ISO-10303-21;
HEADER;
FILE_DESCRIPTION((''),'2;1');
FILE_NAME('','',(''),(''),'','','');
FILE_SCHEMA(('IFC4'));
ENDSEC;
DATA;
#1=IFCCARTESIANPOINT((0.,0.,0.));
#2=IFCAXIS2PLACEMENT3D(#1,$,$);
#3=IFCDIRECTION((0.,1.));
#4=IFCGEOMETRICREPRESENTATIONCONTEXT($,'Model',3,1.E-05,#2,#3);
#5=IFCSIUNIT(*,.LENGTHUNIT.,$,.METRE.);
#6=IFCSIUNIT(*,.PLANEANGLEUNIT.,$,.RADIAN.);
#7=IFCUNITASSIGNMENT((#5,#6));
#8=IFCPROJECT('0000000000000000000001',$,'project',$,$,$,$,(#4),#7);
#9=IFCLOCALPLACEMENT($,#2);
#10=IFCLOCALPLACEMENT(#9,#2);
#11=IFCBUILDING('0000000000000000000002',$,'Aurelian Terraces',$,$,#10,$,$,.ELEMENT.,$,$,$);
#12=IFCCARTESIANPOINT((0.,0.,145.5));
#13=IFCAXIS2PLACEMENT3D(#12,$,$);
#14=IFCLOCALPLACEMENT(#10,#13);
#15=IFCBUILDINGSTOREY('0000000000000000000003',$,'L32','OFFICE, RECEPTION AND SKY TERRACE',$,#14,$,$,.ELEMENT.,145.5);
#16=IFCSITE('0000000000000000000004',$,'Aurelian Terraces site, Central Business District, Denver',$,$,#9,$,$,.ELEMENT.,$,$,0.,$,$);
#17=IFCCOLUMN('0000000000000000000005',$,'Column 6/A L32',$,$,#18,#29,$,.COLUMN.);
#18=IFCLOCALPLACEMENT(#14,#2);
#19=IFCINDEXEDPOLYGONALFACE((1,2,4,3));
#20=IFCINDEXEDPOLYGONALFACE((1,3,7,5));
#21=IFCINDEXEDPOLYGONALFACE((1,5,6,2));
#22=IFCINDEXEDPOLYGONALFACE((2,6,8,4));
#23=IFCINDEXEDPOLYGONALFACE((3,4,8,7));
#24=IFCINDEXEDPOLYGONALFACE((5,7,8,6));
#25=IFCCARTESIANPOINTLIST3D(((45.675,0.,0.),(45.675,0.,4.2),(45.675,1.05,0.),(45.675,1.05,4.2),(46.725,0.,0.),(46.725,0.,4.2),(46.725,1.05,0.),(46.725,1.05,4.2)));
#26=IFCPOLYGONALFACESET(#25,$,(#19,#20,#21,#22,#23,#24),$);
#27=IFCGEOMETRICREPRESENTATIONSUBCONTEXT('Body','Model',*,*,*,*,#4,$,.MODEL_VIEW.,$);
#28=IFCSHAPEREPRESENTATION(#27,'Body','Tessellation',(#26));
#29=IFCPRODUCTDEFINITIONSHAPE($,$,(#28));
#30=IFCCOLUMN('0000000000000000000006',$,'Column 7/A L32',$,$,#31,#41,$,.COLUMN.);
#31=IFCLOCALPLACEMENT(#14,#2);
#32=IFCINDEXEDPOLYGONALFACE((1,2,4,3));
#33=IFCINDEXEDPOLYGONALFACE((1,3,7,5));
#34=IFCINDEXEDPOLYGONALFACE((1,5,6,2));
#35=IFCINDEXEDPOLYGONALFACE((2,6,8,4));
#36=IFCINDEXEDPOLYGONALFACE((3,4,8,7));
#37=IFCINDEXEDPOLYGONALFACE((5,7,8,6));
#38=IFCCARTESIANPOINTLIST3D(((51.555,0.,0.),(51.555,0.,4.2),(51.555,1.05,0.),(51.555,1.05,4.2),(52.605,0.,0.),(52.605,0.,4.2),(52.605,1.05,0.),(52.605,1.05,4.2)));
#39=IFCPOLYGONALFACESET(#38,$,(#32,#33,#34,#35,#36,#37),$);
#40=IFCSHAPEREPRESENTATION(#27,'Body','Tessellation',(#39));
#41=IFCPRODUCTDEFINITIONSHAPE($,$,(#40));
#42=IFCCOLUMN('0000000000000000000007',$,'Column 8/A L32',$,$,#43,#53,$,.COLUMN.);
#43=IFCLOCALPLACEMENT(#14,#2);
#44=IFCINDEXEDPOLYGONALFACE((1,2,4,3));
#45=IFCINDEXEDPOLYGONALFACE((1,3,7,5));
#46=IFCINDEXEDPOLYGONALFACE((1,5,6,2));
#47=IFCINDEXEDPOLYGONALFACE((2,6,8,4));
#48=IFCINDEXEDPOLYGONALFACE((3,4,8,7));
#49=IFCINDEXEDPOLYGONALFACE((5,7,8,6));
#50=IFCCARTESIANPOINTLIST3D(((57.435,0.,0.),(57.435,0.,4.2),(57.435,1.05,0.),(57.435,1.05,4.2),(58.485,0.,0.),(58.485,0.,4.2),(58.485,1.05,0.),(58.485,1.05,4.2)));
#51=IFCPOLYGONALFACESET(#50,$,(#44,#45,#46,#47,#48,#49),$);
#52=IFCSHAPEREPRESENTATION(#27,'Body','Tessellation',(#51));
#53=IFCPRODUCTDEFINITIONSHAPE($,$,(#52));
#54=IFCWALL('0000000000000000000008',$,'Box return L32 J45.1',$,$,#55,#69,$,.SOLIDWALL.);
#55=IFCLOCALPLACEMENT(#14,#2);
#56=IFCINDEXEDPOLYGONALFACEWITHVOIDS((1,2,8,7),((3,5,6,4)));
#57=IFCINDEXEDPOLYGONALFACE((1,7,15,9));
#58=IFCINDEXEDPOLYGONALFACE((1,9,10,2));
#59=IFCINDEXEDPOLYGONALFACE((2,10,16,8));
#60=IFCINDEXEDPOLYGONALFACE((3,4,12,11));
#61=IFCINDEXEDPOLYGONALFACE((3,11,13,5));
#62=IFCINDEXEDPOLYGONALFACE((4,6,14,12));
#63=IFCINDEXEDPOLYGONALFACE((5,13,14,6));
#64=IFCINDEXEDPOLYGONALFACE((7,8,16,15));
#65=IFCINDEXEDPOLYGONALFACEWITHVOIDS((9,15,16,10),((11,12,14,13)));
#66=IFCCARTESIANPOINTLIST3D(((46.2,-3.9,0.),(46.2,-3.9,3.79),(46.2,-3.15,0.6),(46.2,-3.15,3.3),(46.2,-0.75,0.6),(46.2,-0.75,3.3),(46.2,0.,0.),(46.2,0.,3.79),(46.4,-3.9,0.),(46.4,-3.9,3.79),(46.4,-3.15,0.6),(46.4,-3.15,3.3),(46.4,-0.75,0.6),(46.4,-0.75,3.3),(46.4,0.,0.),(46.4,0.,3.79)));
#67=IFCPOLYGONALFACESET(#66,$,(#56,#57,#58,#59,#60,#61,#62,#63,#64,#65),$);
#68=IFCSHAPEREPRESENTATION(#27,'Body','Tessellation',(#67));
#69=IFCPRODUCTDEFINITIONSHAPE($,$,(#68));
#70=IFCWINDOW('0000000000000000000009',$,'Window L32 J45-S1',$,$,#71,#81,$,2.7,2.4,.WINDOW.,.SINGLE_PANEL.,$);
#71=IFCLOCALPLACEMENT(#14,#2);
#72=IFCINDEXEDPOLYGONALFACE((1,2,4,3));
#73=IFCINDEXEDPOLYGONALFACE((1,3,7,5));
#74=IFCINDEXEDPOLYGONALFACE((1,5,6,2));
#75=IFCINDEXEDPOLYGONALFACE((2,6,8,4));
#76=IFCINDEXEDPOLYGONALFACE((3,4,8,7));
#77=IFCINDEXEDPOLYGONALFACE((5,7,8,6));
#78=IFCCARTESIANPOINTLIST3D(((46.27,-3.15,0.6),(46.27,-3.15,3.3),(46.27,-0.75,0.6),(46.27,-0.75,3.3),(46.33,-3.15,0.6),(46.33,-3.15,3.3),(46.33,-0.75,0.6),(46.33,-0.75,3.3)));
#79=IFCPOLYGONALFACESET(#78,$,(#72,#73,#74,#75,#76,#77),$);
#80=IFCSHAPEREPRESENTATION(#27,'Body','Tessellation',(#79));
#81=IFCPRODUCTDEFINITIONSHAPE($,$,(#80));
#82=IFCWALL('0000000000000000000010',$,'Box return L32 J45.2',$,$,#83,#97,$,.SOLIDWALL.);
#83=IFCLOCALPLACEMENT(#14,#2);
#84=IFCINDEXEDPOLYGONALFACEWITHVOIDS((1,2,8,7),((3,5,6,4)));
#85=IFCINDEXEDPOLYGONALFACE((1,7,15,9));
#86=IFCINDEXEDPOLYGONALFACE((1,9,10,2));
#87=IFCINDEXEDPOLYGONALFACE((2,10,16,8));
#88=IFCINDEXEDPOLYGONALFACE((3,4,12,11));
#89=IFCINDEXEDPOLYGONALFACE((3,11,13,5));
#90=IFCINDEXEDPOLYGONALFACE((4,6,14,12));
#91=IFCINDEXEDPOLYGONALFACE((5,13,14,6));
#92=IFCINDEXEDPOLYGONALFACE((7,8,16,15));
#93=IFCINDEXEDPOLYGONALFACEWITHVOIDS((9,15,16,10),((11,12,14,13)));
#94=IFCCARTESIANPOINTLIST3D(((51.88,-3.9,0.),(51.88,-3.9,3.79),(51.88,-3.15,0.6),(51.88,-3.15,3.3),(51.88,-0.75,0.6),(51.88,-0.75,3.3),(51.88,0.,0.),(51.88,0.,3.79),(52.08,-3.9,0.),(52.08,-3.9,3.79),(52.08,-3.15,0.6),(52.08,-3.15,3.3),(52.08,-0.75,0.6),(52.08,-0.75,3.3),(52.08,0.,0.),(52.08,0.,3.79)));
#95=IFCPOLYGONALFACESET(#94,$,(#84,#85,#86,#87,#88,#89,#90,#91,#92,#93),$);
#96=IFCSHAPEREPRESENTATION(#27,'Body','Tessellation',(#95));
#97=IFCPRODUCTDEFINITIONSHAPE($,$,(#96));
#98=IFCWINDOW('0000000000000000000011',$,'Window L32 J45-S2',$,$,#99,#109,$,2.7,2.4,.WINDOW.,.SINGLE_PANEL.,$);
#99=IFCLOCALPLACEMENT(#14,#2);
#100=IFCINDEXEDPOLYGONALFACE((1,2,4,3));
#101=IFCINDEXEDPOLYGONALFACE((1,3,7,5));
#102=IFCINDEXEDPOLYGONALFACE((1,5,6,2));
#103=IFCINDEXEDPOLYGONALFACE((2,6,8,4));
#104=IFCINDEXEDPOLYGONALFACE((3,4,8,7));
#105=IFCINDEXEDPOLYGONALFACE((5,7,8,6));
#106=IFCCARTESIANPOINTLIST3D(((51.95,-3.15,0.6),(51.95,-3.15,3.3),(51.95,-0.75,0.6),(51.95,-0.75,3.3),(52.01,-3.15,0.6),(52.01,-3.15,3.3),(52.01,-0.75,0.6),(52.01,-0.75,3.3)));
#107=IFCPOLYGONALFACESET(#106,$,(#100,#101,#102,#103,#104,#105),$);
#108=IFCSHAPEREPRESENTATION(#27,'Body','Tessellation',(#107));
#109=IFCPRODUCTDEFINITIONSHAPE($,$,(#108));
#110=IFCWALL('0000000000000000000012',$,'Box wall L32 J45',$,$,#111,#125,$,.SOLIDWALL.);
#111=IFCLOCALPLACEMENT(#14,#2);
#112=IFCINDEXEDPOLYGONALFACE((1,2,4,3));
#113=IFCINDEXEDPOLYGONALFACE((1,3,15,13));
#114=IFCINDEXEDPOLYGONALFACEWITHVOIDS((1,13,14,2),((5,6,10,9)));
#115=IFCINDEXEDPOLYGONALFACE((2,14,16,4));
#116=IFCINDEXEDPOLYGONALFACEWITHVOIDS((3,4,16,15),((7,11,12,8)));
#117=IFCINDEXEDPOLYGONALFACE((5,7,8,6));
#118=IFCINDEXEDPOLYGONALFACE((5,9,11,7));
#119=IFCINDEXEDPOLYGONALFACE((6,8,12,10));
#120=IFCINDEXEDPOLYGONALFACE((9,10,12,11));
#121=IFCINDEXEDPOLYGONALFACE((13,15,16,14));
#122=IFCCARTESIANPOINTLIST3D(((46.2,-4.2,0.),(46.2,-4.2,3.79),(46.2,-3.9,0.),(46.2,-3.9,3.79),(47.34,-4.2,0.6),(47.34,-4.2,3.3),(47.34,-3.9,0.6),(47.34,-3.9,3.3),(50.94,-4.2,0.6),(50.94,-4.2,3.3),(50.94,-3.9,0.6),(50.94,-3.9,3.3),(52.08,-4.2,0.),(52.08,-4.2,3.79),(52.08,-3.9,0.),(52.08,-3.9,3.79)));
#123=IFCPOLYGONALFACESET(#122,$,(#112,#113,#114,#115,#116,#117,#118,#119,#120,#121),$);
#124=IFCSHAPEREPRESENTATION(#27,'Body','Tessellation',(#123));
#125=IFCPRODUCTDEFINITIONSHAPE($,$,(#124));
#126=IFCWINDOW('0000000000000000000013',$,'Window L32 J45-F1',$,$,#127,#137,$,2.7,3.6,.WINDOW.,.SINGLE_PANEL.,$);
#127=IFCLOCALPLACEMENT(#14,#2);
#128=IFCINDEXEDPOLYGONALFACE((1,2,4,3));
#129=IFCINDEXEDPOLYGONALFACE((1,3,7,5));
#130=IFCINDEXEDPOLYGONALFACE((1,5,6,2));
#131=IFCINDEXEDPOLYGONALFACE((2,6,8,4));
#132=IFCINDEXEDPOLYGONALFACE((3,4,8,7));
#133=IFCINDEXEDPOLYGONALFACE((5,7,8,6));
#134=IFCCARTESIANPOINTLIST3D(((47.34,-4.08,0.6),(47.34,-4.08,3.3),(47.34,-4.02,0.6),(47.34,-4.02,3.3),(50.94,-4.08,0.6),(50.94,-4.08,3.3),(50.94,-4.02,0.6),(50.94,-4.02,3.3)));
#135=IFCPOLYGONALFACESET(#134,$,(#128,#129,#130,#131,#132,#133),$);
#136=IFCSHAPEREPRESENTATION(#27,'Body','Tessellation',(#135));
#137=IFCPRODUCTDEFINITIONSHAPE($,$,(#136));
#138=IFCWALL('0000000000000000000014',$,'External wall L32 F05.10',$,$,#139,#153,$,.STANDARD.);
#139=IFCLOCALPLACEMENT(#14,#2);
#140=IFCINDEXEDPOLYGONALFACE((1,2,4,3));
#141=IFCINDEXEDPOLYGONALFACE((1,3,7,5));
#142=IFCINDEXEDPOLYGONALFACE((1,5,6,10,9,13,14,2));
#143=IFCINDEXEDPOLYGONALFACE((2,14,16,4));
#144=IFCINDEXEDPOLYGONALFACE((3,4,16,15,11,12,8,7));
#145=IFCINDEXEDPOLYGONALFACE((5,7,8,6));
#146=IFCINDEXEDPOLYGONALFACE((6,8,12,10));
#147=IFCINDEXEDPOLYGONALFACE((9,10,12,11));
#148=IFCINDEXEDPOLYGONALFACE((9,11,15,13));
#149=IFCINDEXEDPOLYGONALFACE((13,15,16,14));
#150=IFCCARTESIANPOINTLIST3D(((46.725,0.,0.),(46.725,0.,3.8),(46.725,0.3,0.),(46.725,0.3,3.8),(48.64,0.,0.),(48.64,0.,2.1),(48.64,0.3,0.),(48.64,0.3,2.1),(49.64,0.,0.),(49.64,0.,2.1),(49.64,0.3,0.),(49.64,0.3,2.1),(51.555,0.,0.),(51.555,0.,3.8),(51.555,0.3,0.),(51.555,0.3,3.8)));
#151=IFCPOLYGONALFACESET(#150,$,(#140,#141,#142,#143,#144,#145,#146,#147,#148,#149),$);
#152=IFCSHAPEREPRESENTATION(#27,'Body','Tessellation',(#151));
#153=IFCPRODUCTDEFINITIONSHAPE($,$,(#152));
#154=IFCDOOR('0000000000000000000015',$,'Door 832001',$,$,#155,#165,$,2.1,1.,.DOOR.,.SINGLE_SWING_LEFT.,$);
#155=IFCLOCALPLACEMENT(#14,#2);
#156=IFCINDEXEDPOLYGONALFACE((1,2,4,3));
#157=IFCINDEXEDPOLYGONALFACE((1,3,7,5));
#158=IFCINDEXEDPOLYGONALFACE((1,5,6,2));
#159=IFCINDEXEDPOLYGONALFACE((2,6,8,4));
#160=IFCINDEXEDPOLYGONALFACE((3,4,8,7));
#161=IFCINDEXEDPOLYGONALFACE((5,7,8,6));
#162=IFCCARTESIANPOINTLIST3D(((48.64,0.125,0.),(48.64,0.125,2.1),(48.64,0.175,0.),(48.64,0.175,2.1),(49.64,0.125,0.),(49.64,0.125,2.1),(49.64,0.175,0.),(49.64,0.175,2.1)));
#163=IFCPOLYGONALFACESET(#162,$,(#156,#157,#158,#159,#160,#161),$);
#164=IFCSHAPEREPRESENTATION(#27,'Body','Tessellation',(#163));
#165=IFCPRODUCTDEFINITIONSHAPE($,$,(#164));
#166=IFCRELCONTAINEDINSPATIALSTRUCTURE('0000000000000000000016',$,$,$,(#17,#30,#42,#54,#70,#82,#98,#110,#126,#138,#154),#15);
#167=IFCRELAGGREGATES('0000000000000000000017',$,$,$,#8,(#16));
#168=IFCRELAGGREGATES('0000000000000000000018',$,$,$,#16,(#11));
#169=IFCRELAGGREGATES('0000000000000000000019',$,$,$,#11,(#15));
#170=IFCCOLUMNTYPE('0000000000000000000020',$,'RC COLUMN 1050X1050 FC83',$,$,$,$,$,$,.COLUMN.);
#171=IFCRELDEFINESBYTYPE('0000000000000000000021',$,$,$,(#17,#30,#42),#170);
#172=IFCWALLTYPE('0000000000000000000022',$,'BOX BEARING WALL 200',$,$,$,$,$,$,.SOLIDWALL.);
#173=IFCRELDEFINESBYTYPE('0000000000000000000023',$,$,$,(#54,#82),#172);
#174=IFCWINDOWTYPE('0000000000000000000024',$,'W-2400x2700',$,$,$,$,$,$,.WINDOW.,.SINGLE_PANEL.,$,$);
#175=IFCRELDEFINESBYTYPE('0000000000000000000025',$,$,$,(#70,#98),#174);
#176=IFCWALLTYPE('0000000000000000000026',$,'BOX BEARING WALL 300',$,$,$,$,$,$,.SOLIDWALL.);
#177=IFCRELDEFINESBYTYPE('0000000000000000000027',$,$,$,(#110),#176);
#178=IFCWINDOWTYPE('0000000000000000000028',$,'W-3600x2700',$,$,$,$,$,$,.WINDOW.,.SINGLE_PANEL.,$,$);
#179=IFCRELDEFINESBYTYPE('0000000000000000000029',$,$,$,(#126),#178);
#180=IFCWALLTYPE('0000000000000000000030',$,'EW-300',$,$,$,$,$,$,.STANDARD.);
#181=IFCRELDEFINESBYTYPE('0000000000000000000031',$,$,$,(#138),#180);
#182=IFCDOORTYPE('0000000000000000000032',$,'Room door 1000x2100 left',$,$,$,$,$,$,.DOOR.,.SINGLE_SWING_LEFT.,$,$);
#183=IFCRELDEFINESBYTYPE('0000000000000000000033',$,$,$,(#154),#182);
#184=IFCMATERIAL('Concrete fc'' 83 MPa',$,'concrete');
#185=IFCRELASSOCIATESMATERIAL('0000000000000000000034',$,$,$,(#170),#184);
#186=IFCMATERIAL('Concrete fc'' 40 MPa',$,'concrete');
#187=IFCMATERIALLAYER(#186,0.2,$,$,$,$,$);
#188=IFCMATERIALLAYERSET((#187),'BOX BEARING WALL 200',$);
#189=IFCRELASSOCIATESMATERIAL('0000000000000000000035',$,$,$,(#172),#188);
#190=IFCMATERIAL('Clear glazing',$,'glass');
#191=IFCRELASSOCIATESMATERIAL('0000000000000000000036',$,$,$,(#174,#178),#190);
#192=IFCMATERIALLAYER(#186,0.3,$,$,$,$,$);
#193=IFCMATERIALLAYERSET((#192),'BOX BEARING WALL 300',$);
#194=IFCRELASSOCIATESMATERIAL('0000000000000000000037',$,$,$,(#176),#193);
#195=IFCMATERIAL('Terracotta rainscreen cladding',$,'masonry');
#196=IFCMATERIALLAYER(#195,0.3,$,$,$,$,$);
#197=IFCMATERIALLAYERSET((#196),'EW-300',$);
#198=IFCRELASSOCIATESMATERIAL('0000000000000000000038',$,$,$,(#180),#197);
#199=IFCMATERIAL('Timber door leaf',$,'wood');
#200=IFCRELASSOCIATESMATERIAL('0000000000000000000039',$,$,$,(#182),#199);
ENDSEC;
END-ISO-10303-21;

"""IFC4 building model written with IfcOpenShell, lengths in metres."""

from ifc_helpers import new_model, si_unit, direction, frame, frame_2d, origin, origin_2d, place, context, subcontext, project, spatial, rectangle, extrude, source, transform, mapped, material, layer, layer_set, material_profile, profile_set, type_object, element, fill, save


model = new_model("IFC4")

# Units and contexts
model_context = context("Model", 3, precision=1e-05, world=origin(), true_north=direction((0.0, 1.0)))
body_context = subcontext(model_context, "Body", "Model", "MODEL_VIEW")
ifc_project = project(units=[si_unit("LENGTHUNIT", "METRE"), si_unit("PLANEANGLEUNIT", "RADIAN")], contexts=[model_context])

# Site, building, storey
site_placement = place(None, origin())
site = spatial("IfcSite", under=ifc_project, at=site_placement, Name="Aurelian Terraces site, Central Business District, Denver", CompositionType="ELEMENT", RefElevation=0.0)
building_placement = place(site_placement, origin())
building = spatial("IfcBuilding", under=site, at=building_placement, Name="Aurelian Terraces", CompositionType="ELEMENT")
storey_placement = place(building_placement, frame((0.0, 0.0, 145.5)))
storey = spatial("IfcBuildingStorey", under=building, at=storey_placement, Name="L32", Description="OFFICE, RECEPTION AND SKY TERRACE", CompositionType="ELEMENT", Elevation=145.5)

# Columns
ifc_material_1 = material(Name="Concrete fc' 83 MPa", Category="concrete")
ifc_material_profile = material_profile(ifc_material_1, rectangle(XDim=1.05, YDim=1.05, at=origin_2d()))
ifc_profile_set = profile_set([ifc_material_profile], Name="Concrete fc' 83 MPa")
column_type = type_object("IfcColumnType", Name="RC COLUMN 1050X1050 FC83", PredefinedType="COLUMN", material=ifc_profile_set)
shared_shape_1 = source(origin(), body_context, "Body", "SweptSolid", [
    extrude(rectangle(XDim=1.05, YDim=1.05, at=origin_2d()), origin(), (0.0, 0.0, 1.0), 4.2),
])
for number, where, z_axis, x_axis, name in (
    (1, (46.2, 0.525, 0.0), (0.0, 0.0, 1.0), (1.0, 0.0, 0.0), "Column 6/A L32"),
    (2, (52.08, 0.525, 0.0), (0.0, 0.0, 1.0), (1.0, 0.0, 0.0), "Column 7/A L32"),
    (3, (57.96, 0.525, 0.0), (0.0, 0.0, 1.0), (1.0, 0.0, 0.0), "Column 8/A L32"),
):
    element("IfcColumn", number, at=place(storey_placement, frame(where, z_axis=z_axis, x_axis=x_axis)), inside=storey, type_object=column_type, Name=name, PredefinedType="COLUMN", context=body_context, shape_type="MappedRepresentation", body=[
        mapped(shared_shape_1, transform((0.0, 0.0, 0.0), scale=1.0)),
    ])

# Walls, openings, windows
ifc_material_2 = material(Name="Concrete fc' 40 MPa", Category="concrete")
ifc_layer_1 = layer(ifc_material_2, 0.2)
ifc_layer_set_1 = layer_set([ifc_layer_1], Name="BOX BEARING WALL 200")
wall_type_1 = type_object("IfcWallType", Name="BOX BEARING WALL 200", PredefinedType="SOLIDWALL", material=ifc_layer_set_1)
shared_shape_2 = source(origin(), body_context, "Body", "SweptSolid", [
    extrude(rectangle(XDim=3.9, YDim=0.2, at=frame_2d((1.95, 0.0))), origin(), (0.0, 0.0, 1.0), 3.79),
])
wall_1_placement = place(storey_placement, frame((46.3, 0.0, 0.0), z_axis=(0.0, 0.0, 1.0), x_axis=(0.0, -1.0, 0.0)))
wall_1 = element("IfcWall", 4, at=wall_1_placement, inside=storey, type_object=wall_type_1, Name="Box return L32 J45.1", PredefinedType="SOLIDWALL", context=body_context, shape_type="MappedRepresentation", body=[
    mapped(shared_shape_2, transform((0.0, 0.0, 0.0), scale=1.0)),
])
shared_shape_3 = source(origin(), body_context, "Body", "SweptSolid", [
    extrude(rectangle(XDim=2.4, YDim=2.7, at=frame_2d((1.2, 1.35))), frame((0.0, 0.11, 0.0), z_axis=(0.0, -1.0, 0.0), x_axis=(1.0, 0.0, 0.0)), (0.0, 0.0, 1.0), 0.22),
])
opening_1_placement = place(wall_1_placement, frame((0.75, 0.0, 0.6)))
opening_1 = element("IfcOpeningElement", 5, at=opening_1_placement, cuts=wall_1, PredefinedType="OPENING", context=body_context, shape_type="MappedRepresentation", body=[
    mapped(shared_shape_3, transform((0.0, 0.0, 0.0), scale=1.0)),
])
ifc_material_3 = material(Name="Clear glazing", Category="glass")
window_type_1 = type_object("IfcWindowType", Name="W-2400x2700", PartitioningType="SINGLE_PANEL", PredefinedType="WINDOW", material=ifc_material_3)
shared_shape_4 = source(origin(), body_context, "Body", "SweptSolid", [
    extrude(rectangle(XDim=2.4, YDim=2.7, at=frame_2d((1.2, 1.35))), frame((0.0, 0.03, 0.0), z_axis=(0.0, -1.0, 0.0), x_axis=(1.0, 0.0, 0.0)), (0.0, 0.0, 1.0), 0.06),
])
window_1_placement = place(opening_1_placement, origin())
window_1 = element("IfcWindow", 6, at=window_1_placement, inside=storey, type_object=window_type_1, Name="Window L32 J45-S1", OverallHeight=2.7, OverallWidth=2.4, PartitioningType="SINGLE_PANEL", PredefinedType="WINDOW", context=body_context, shape_type="MappedRepresentation", body=[
    mapped(shared_shape_4, transform((0.0, 0.0, 0.0), scale=1.0)),
])
fill(opening_1, window_1)
wall_2_placement = place(storey_placement, frame((51.98, 0.0, 0.0), z_axis=(0.0, 0.0, 1.0), x_axis=(0.0, -1.0, 0.0)))
wall_2 = element("IfcWall", 7, at=wall_2_placement, inside=storey, type_object=wall_type_1, Name="Box return L32 J45.2", PredefinedType="SOLIDWALL", context=body_context, shape_type="MappedRepresentation", body=[
    mapped(shared_shape_2, transform((0.0, 0.0, 0.0), scale=1.0)),
])
opening_2_placement = place(wall_2_placement, frame((0.75, 0.0, 0.6)))
opening_2 = element("IfcOpeningElement", 8, at=opening_2_placement, cuts=wall_2, PredefinedType="OPENING", context=body_context, shape_type="MappedRepresentation", body=[
    mapped(shared_shape_3, transform((0.0, 0.0, 0.0), scale=1.0)),
])
window_2_placement = place(opening_2_placement, origin())
window_2 = element("IfcWindow", 9, at=window_2_placement, inside=storey, type_object=window_type_1, Name="Window L32 J45-S2", OverallHeight=2.7, OverallWidth=2.4, PartitioningType="SINGLE_PANEL", PredefinedType="WINDOW", context=body_context, shape_type="MappedRepresentation", body=[
    mapped(shared_shape_4, transform((0.0, 0.0, 0.0), scale=1.0)),
])
fill(opening_2, window_2)
ifc_layer_2 = layer(ifc_material_2, 0.3)
ifc_layer_set_2 = layer_set([ifc_layer_2], Name="BOX BEARING WALL 300")
wall_type_2 = type_object("IfcWallType", Name="BOX BEARING WALL 300", PredefinedType="SOLIDWALL", material=ifc_layer_set_2)
shared_shape_5 = source(origin(), body_context, "Body", "SweptSolid", [
    extrude(rectangle(XDim=5.88, YDim=0.3, at=frame_2d((2.94, 0.0))), origin(), (0.0, 0.0, 1.0), 3.79),
])
wall_3_placement = place(storey_placement, frame((46.2, -4.05, 0.0), z_axis=(0.0, 0.0, 1.0), x_axis=(1.0, 0.0, 0.0)))
wall_3 = element("IfcWall", 10, at=wall_3_placement, inside=storey, type_object=wall_type_2, Name="Box wall L32 J45", PredefinedType="SOLIDWALL", context=body_context, shape_type="MappedRepresentation", body=[
    mapped(shared_shape_5, transform((0.0, 0.0, 0.0), scale=1.0)),
])
shared_shape_6 = source(origin(), body_context, "Body", "SweptSolid", [
    extrude(rectangle(XDim=3.6, YDim=2.7, at=frame_2d((1.8, 1.35))), frame((0.0, 0.16, 0.0), z_axis=(0.0, -1.0, 0.0), x_axis=(1.0, 0.0, 0.0)), (0.0, 0.0, 1.0), 0.32),
])
opening_3_placement = place(wall_3_placement, frame((1.14, 0.0, 0.6)))
opening_3 = element("IfcOpeningElement", 11, at=opening_3_placement, cuts=wall_3, PredefinedType="OPENING", context=body_context, shape_type="MappedRepresentation", body=[
    mapped(shared_shape_6, transform((0.0, 0.0, 0.0), scale=1.0)),
])
window_type_2 = type_object("IfcWindowType", Name="W-3600x2700", PartitioningType="SINGLE_PANEL", PredefinedType="WINDOW", material=ifc_material_3)
shared_shape_7 = source(origin(), body_context, "Body", "SweptSolid", [
    extrude(rectangle(XDim=3.6, YDim=2.7, at=frame_2d((1.8, 1.35))), frame((0.0, 0.03, 0.0), z_axis=(0.0, -1.0, 0.0), x_axis=(1.0, 0.0, 0.0)), (0.0, 0.0, 1.0), 0.06),
])
window_3_placement = place(opening_3_placement, origin())
window_3 = element("IfcWindow", 12, at=window_3_placement, inside=storey, type_object=window_type_2, Name="Window L32 J45-F1", OverallHeight=2.7, OverallWidth=3.6, PartitioningType="SINGLE_PANEL", PredefinedType="WINDOW", context=body_context, shape_type="MappedRepresentation", body=[
    mapped(shared_shape_7, transform((0.0, 0.0, 0.0), scale=1.0)),
])
fill(opening_3, window_3)

# Wall, opening, door
ifc_material_4 = material(Name="Terracotta rainscreen cladding", Category="masonry")
ifc_layer_3 = layer(ifc_material_4, 0.3)
ifc_layer_set_3 = layer_set([ifc_layer_3], Name="EW-300")
wall_type_3 = type_object("IfcWallType", Name="EW-300", PredefinedType="STANDARD", material=ifc_layer_set_3)
shared_shape_8 = source(origin(), body_context, "Body", "SweptSolid", [
    extrude(rectangle(XDim=4.83, YDim=0.3, at=frame_2d((2.415, 0.0))), origin(), (0.0, 0.0, 1.0), 3.8),
])
wall_4_placement = place(storey_placement, frame((46.725, 0.15, 0.0), z_axis=(0.0, 0.0, 1.0), x_axis=(1.0, 0.0, 0.0)))
wall_4 = element("IfcWall", 13, at=wall_4_placement, inside=storey, type_object=wall_type_3, Name="External wall L32 F05.10", PredefinedType="STANDARD", context=body_context, shape_type="MappedRepresentation", body=[
    mapped(shared_shape_8, transform((0.0, 0.0, 0.0), scale=1.0)),
])
shared_shape_9 = source(origin(), body_context, "Body", "SweptSolid", [
    extrude(rectangle(XDim=1.0, YDim=2.1, at=frame_2d((0.5, 1.05))), frame((0.0, 0.16, 0.0), z_axis=(0.0, -1.0, 0.0), x_axis=(1.0, 0.0, 0.0)), (0.0, 0.0, 1.0), 0.32),
])
opening_4_placement = place(wall_4_placement, frame((1.915, 0.0, 0.0)))
opening_4 = element("IfcOpeningElement", 14, at=opening_4_placement, cuts=wall_4, PredefinedType="OPENING", context=body_context, shape_type="MappedRepresentation", body=[
    mapped(shared_shape_9, transform((0.0, 0.0, 0.0), scale=1.0)),
])
ifc_material_5 = material(Name="Timber door leaf", Category="wood")
door_type = type_object("IfcDoorType", Name="Room door 1000x2100 left", OperationType="SINGLE_SWING_LEFT", PredefinedType="DOOR", material=ifc_material_5)
shared_shape_10 = source(origin(), body_context, "Body", "SweptSolid", [
    extrude(rectangle(XDim=1.0, YDim=2.1, at=frame_2d((0.5, 1.05))), frame((0.0, 0.025, 0.0), z_axis=(0.0, -1.0, 0.0), x_axis=(1.0, 0.0, 0.0)), (0.0, 0.0, 1.0), 0.05),
])
door_placement = place(opening_4_placement, origin())
door = element("IfcDoor", 15, at=door_placement, inside=storey, type_object=door_type, Name="Door 832001", OperationType="SINGLE_SWING_LEFT", OverallHeight=2.1, OverallWidth=1.0, PredefinedType="DOOR", context=body_context, shape_type="MappedRepresentation", body=[
    mapped(shared_shape_10, transform((0.0, 0.0, 0.0), scale=1.0)),
])
fill(opening_4, door)

save(model, "model.ifc")
